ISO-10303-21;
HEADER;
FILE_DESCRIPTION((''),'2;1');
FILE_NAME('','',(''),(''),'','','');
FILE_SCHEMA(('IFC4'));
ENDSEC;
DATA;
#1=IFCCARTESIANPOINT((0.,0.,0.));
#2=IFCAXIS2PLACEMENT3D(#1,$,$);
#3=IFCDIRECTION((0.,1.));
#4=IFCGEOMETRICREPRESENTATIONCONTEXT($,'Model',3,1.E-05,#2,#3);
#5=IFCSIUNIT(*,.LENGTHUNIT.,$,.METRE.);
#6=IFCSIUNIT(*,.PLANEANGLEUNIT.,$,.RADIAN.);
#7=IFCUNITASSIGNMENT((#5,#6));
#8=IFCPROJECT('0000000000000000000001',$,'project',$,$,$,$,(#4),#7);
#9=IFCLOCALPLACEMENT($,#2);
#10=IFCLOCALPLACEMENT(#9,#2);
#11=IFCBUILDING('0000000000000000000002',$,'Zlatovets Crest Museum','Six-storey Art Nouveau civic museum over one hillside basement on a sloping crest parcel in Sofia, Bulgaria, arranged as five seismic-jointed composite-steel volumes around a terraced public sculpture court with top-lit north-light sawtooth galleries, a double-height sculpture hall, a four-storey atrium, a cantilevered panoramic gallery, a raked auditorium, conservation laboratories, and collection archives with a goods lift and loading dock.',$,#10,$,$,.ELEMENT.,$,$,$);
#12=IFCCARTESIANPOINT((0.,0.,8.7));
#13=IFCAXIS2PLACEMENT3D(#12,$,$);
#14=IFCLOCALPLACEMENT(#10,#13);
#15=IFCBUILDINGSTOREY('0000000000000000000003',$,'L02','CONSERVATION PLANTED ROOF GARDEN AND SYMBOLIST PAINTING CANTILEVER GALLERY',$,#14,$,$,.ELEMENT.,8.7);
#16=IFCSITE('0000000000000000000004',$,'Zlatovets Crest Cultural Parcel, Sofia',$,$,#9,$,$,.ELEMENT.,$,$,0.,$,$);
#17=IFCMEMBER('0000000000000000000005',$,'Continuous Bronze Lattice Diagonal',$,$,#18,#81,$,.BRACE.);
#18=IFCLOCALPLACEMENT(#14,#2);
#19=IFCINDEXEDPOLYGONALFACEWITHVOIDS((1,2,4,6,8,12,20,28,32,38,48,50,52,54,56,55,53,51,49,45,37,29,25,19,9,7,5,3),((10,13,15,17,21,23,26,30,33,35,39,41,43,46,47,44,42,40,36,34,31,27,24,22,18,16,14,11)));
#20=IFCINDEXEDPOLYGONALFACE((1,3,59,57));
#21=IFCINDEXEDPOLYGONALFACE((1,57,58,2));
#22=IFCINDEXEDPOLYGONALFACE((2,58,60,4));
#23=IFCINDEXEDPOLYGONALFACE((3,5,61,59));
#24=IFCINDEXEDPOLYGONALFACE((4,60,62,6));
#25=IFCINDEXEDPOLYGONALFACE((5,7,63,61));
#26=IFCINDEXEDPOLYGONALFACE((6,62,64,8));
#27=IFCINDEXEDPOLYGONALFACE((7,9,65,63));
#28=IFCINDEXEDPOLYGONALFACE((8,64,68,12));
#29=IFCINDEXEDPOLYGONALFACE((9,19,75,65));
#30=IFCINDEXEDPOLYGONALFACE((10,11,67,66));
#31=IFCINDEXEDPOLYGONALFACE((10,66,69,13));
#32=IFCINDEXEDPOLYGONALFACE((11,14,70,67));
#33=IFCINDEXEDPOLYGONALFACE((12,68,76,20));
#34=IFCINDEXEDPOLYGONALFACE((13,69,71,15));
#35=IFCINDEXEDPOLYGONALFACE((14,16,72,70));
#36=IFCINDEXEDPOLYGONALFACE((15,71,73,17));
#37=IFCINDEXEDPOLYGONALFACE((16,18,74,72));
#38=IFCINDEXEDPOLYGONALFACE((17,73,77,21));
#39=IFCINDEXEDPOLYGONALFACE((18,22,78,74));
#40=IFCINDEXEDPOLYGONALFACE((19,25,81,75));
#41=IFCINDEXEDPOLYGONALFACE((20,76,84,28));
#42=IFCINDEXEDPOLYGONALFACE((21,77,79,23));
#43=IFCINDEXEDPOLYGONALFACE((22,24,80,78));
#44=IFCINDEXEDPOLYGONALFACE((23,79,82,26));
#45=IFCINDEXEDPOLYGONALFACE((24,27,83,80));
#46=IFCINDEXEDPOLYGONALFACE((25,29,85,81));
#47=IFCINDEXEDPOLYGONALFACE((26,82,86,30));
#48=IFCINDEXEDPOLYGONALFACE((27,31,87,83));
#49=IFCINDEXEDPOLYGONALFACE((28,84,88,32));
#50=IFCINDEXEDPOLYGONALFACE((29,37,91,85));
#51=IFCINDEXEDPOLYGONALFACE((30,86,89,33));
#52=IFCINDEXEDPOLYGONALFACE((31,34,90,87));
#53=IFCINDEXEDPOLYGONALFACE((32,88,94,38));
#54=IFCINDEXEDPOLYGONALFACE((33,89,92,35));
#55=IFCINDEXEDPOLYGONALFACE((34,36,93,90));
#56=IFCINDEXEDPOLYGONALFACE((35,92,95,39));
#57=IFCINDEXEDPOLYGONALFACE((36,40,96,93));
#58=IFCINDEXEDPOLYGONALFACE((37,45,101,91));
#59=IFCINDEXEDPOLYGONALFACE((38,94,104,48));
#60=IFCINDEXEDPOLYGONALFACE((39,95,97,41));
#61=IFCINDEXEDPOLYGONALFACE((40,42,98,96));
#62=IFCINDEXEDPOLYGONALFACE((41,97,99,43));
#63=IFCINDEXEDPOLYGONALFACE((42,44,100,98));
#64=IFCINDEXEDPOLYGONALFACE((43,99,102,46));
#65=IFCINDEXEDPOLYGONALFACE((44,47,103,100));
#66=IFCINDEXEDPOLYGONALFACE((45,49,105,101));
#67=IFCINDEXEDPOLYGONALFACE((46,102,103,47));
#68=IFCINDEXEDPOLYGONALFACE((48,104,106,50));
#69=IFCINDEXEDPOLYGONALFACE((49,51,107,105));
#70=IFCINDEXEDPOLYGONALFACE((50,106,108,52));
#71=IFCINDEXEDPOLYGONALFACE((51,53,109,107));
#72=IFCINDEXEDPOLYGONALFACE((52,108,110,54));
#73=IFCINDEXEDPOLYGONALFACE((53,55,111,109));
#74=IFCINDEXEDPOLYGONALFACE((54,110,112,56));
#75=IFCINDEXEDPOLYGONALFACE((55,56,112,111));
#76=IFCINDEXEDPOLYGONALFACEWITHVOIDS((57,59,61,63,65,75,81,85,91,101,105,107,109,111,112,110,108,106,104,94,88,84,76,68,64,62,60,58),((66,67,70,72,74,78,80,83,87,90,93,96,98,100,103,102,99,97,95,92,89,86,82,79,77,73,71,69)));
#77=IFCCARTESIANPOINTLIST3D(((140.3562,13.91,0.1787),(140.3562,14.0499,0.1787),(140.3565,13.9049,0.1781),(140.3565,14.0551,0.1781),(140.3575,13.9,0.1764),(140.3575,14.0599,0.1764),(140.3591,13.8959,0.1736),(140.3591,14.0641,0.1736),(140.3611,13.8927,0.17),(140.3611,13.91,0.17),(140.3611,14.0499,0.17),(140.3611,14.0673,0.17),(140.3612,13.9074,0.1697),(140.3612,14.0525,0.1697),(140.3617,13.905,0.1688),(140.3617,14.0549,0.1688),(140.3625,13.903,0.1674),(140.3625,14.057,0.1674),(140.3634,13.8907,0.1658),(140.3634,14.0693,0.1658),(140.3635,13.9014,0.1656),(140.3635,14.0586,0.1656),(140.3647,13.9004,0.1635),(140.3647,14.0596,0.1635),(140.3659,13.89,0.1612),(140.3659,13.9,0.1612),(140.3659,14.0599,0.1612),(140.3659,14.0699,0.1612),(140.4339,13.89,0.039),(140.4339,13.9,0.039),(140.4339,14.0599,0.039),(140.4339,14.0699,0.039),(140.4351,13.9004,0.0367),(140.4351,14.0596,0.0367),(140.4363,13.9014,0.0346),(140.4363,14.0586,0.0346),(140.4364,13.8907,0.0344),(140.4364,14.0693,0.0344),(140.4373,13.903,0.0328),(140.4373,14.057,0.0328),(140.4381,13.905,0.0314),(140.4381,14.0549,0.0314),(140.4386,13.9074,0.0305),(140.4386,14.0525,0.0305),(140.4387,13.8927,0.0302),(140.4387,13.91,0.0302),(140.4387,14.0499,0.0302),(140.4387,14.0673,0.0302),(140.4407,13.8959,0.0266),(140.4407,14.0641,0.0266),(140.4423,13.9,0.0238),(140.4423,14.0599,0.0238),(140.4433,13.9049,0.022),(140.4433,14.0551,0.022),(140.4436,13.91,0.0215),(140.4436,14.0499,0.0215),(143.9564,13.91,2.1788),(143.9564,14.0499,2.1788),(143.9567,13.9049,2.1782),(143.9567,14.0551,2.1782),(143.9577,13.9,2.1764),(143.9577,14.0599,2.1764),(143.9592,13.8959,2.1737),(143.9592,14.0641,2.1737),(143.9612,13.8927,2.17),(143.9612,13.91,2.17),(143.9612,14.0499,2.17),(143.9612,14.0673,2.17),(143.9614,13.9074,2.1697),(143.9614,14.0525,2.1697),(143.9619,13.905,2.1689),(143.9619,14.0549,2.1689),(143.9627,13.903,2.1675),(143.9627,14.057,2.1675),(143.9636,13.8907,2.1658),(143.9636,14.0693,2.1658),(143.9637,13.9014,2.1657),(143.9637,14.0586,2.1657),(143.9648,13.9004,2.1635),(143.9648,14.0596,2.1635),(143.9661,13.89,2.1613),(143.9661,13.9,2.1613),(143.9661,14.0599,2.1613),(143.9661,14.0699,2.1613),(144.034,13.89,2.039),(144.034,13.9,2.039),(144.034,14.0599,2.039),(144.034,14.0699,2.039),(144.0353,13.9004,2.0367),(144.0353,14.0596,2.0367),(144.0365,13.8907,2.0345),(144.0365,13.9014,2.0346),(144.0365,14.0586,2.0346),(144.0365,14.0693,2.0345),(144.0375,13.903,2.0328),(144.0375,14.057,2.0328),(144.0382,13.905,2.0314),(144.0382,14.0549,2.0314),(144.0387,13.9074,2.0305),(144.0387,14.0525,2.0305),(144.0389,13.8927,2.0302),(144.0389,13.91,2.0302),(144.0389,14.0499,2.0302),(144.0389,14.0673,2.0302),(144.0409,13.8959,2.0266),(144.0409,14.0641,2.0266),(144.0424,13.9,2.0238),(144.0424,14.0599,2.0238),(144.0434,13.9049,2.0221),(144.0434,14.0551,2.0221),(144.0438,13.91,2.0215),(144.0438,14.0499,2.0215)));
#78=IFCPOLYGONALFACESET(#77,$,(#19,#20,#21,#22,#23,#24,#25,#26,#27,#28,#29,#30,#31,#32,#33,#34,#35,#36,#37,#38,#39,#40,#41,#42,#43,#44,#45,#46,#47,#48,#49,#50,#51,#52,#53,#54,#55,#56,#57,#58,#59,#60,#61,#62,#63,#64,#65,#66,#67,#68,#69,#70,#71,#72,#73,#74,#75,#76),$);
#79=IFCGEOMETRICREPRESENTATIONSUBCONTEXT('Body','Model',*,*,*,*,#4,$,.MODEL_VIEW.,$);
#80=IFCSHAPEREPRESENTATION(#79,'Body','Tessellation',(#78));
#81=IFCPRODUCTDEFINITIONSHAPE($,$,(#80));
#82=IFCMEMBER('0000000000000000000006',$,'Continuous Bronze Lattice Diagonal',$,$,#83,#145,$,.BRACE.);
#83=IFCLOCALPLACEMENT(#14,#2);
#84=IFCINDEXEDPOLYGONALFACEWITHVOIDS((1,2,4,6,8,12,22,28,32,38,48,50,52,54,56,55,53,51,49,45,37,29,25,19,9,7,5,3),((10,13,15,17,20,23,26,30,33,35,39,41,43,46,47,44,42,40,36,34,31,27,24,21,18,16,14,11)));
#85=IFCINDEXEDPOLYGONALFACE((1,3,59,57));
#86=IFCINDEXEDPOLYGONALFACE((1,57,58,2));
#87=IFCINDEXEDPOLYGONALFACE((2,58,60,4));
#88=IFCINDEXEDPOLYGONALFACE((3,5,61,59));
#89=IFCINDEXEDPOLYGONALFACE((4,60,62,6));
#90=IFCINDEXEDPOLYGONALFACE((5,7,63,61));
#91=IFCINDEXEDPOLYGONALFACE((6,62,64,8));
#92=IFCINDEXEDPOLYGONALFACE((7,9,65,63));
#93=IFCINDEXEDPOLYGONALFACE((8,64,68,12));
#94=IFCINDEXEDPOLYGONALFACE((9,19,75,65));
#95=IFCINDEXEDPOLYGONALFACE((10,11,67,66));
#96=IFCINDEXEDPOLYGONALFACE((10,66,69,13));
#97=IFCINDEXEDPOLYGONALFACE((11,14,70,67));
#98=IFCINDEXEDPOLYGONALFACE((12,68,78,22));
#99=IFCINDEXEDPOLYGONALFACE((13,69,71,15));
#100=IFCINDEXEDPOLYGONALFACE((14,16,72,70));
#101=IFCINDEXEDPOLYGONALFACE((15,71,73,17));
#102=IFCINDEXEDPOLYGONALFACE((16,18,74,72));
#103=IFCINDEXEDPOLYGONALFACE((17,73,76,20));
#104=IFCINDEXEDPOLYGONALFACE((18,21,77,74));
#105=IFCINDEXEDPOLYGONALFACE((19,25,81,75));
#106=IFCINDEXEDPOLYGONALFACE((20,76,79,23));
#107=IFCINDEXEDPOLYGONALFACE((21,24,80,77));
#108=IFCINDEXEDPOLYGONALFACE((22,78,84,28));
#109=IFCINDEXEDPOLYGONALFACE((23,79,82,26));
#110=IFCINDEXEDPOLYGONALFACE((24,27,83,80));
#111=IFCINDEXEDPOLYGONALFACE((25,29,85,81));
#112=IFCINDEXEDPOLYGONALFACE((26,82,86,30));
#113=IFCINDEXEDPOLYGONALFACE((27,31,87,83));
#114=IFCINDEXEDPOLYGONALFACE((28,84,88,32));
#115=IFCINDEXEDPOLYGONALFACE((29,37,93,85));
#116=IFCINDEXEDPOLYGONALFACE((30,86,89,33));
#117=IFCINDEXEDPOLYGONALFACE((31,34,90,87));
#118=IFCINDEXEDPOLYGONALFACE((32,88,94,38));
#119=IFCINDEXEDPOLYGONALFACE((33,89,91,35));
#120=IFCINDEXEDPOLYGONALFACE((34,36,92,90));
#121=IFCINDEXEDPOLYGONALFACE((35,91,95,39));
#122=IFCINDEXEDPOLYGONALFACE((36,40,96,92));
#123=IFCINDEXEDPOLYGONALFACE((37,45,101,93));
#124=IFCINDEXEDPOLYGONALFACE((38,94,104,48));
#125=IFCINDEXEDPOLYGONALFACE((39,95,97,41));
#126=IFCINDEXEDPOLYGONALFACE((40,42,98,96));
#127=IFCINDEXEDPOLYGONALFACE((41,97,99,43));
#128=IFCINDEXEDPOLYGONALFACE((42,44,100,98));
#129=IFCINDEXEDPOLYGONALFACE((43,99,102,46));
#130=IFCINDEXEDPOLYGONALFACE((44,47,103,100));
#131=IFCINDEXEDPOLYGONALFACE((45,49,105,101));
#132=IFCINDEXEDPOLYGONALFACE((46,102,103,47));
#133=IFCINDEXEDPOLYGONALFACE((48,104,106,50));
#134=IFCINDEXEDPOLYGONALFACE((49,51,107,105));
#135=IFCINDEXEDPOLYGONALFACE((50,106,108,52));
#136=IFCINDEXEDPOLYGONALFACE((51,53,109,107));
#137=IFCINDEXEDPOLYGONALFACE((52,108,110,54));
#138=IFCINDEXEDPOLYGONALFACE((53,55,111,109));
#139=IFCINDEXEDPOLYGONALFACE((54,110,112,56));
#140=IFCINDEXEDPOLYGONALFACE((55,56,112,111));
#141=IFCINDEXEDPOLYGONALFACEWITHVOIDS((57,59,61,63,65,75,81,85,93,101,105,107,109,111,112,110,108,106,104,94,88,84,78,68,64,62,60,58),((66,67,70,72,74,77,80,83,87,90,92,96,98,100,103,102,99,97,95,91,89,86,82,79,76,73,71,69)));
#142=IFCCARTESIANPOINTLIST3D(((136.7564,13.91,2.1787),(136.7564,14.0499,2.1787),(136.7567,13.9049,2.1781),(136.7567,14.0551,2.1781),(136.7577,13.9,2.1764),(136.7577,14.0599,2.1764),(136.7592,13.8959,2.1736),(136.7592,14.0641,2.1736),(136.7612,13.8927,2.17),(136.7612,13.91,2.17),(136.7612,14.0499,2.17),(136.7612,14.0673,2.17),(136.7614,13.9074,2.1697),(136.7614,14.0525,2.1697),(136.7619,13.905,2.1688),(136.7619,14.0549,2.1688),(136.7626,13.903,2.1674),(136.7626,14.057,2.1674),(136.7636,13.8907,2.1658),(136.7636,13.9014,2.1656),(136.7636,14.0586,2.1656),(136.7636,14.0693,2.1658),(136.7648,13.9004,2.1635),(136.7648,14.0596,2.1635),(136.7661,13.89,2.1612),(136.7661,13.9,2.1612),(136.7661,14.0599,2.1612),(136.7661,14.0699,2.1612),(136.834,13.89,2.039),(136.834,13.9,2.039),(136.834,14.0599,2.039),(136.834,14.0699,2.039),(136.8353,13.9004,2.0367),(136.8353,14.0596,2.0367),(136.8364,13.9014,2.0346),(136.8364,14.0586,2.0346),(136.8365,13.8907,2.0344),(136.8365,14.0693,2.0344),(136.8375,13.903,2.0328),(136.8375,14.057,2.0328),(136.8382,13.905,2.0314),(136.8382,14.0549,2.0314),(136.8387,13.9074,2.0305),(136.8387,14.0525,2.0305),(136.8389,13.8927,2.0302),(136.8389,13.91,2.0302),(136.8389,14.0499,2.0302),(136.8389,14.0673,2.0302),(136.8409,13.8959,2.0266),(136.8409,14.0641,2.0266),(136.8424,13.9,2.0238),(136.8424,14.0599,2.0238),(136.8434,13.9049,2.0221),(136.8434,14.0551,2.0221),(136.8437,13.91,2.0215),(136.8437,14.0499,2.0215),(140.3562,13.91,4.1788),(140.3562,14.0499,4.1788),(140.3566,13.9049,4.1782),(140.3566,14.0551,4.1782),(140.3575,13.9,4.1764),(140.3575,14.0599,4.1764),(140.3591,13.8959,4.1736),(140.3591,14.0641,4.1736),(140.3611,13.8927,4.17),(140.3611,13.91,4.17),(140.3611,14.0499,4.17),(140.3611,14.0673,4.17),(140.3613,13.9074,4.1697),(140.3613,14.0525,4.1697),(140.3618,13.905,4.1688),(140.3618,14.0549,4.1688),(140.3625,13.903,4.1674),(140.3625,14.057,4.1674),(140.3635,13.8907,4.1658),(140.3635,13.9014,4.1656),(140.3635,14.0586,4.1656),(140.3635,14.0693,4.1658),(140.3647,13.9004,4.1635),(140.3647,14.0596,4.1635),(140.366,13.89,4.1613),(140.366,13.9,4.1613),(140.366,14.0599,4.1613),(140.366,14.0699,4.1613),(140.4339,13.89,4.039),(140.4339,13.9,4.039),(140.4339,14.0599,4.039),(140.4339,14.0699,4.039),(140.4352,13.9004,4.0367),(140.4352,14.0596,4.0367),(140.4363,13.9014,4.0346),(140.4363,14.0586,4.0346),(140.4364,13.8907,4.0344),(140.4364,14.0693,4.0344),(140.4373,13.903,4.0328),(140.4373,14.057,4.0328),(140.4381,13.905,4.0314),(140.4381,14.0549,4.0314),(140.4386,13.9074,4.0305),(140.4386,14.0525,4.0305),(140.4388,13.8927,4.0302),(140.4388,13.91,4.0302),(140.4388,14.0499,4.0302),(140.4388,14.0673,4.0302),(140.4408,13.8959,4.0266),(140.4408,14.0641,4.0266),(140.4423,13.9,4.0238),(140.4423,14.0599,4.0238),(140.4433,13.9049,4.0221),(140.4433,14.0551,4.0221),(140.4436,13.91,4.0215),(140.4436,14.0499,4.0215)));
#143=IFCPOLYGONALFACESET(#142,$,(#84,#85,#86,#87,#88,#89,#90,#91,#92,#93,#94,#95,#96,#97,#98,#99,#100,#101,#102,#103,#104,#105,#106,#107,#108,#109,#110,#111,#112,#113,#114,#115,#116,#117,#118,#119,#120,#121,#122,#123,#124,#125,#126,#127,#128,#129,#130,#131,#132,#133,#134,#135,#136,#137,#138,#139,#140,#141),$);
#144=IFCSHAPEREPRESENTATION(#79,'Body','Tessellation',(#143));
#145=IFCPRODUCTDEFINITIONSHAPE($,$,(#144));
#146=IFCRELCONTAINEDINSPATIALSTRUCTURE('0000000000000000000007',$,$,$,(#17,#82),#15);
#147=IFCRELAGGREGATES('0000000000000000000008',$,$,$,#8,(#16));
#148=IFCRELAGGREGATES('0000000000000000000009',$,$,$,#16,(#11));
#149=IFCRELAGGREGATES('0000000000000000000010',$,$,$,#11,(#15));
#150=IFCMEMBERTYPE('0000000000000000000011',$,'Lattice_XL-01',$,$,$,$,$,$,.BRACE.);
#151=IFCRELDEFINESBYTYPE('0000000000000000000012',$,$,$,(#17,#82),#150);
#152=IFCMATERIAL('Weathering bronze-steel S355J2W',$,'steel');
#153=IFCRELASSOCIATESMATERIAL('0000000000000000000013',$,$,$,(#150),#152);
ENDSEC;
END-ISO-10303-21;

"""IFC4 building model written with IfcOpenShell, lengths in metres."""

from ifc_helpers import new_model, si_unit, direction, frame, origin, origin_2d, place, context, subcontext, project, spatial, hollow_rectangle, extrude, material, material_profile, profile_set, type_object, element, save


model = new_model("IFC4")

# Units and contexts
model_context = context("Model", 3, precision=1e-05, world=origin(), true_north=direction((0.0, 1.0)))
body_context = subcontext(model_context, "Body", "Model", "MODEL_VIEW")
ifc_project = project(units=[si_unit("LENGTHUNIT", "METRE"), si_unit("PLANEANGLEUNIT", "RADIAN")], contexts=[model_context])

# Site, building, storey
site_placement = place(None, origin())
site = spatial("IfcSite", under=ifc_project, at=site_placement, Name="Zlatovets Crest Cultural Parcel, Sofia", CompositionType="ELEMENT", RefElevation=0.0)
building_placement = place(site_placement, origin())
building = spatial("IfcBuilding", under=site, at=building_placement, Name="Zlatovets Crest Museum", Description="Six-storey Art Nouveau civic museum over one hillside basement on a sloping crest parcel in Sofia, Bulgaria, arranged as five seismic-jointed composite-steel volumes around a terraced public sculpture court with top-lit north-light sawtooth galleries, a double-height sculpture hall, a four-storey atrium, a cantilevered panoramic gallery, a raked auditorium, conservation laboratories, and collection archives with a goods lift and loading dock.", CompositionType="ELEMENT")
storey_placement = place(building_placement, frame((0.0, 0.0, 8.7)))
storey = spatial("IfcBuildingStorey", under=building, at=storey_placement, Name="L02", Description="CONSERVATION PLANTED ROOF GARDEN AND SYMBOLIST PAINTING CANTILEVER GALLERY", CompositionType="ELEMENT", Elevation=8.7)

# Members
ifc_material_1 = material(Name="Weathering bronze-steel S355J2W", Category="steel")
ifc_material_profile_1 = material_profile(ifc_material_1, hollow_rectangle(XDim=0.1799, YDim=0.1799, WallThickness=0.01, InnerFilletRadius=0.01, OuterFilletRadius=0.02, at=origin_2d()), Name="SHS 180x180x10.0")
ifc_profile_set_1 = profile_set([ifc_material_profile_1], Name="Weathering bronze-steel S355J2W")
member_type_1 = type_object("IfcMemberType", Name="Lattice_XL-01", PredefinedType="BRACE", material=ifc_profile_set_1)
member_1_placement = place(storey_placement, frame((140.3999, 13.98, 0.1001), z_axis=(0.874163, 0.0, 0.485633), x_axis=(0.0, 1.0, 0.0)))
element("IfcMember", 1, at=member_1_placement, inside=storey, type_object=member_type_1, Name="Continuous Bronze Lattice Diagonal", PredefinedType="BRACE", context=body_context, shape_type="SweptSolid", body=[
    extrude(hollow_rectangle(XDim=0.1799, YDim=0.1799, WallThickness=0.01, InnerFilletRadius=0.01, OuterFilletRadius=0.02, at=origin_2d()), origin(), (0.0, 0.0, 1.0), 4.1184),
])
member_2_placement = place(storey_placement, frame((136.8, 13.98, 2.1001), z_axis=(0.874149, 0.0, 0.485658), x_axis=(0.0, 1.0, 0.0)))
element("IfcMember", 2, at=member_2_placement, inside=storey, type_object=member_type_1, Name="Continuous Bronze Lattice Diagonal", PredefinedType="BRACE", context=body_context, shape_type="SweptSolid", body=[
    extrude(hollow_rectangle(XDim=0.1799, YDim=0.1799, WallThickness=0.01, InnerFilletRadius=0.01, OuterFilletRadius=0.02, at=origin_2d()), origin(), (0.0, 0.0, 1.0), 4.1182),
])

save(model, "model.ifc")
